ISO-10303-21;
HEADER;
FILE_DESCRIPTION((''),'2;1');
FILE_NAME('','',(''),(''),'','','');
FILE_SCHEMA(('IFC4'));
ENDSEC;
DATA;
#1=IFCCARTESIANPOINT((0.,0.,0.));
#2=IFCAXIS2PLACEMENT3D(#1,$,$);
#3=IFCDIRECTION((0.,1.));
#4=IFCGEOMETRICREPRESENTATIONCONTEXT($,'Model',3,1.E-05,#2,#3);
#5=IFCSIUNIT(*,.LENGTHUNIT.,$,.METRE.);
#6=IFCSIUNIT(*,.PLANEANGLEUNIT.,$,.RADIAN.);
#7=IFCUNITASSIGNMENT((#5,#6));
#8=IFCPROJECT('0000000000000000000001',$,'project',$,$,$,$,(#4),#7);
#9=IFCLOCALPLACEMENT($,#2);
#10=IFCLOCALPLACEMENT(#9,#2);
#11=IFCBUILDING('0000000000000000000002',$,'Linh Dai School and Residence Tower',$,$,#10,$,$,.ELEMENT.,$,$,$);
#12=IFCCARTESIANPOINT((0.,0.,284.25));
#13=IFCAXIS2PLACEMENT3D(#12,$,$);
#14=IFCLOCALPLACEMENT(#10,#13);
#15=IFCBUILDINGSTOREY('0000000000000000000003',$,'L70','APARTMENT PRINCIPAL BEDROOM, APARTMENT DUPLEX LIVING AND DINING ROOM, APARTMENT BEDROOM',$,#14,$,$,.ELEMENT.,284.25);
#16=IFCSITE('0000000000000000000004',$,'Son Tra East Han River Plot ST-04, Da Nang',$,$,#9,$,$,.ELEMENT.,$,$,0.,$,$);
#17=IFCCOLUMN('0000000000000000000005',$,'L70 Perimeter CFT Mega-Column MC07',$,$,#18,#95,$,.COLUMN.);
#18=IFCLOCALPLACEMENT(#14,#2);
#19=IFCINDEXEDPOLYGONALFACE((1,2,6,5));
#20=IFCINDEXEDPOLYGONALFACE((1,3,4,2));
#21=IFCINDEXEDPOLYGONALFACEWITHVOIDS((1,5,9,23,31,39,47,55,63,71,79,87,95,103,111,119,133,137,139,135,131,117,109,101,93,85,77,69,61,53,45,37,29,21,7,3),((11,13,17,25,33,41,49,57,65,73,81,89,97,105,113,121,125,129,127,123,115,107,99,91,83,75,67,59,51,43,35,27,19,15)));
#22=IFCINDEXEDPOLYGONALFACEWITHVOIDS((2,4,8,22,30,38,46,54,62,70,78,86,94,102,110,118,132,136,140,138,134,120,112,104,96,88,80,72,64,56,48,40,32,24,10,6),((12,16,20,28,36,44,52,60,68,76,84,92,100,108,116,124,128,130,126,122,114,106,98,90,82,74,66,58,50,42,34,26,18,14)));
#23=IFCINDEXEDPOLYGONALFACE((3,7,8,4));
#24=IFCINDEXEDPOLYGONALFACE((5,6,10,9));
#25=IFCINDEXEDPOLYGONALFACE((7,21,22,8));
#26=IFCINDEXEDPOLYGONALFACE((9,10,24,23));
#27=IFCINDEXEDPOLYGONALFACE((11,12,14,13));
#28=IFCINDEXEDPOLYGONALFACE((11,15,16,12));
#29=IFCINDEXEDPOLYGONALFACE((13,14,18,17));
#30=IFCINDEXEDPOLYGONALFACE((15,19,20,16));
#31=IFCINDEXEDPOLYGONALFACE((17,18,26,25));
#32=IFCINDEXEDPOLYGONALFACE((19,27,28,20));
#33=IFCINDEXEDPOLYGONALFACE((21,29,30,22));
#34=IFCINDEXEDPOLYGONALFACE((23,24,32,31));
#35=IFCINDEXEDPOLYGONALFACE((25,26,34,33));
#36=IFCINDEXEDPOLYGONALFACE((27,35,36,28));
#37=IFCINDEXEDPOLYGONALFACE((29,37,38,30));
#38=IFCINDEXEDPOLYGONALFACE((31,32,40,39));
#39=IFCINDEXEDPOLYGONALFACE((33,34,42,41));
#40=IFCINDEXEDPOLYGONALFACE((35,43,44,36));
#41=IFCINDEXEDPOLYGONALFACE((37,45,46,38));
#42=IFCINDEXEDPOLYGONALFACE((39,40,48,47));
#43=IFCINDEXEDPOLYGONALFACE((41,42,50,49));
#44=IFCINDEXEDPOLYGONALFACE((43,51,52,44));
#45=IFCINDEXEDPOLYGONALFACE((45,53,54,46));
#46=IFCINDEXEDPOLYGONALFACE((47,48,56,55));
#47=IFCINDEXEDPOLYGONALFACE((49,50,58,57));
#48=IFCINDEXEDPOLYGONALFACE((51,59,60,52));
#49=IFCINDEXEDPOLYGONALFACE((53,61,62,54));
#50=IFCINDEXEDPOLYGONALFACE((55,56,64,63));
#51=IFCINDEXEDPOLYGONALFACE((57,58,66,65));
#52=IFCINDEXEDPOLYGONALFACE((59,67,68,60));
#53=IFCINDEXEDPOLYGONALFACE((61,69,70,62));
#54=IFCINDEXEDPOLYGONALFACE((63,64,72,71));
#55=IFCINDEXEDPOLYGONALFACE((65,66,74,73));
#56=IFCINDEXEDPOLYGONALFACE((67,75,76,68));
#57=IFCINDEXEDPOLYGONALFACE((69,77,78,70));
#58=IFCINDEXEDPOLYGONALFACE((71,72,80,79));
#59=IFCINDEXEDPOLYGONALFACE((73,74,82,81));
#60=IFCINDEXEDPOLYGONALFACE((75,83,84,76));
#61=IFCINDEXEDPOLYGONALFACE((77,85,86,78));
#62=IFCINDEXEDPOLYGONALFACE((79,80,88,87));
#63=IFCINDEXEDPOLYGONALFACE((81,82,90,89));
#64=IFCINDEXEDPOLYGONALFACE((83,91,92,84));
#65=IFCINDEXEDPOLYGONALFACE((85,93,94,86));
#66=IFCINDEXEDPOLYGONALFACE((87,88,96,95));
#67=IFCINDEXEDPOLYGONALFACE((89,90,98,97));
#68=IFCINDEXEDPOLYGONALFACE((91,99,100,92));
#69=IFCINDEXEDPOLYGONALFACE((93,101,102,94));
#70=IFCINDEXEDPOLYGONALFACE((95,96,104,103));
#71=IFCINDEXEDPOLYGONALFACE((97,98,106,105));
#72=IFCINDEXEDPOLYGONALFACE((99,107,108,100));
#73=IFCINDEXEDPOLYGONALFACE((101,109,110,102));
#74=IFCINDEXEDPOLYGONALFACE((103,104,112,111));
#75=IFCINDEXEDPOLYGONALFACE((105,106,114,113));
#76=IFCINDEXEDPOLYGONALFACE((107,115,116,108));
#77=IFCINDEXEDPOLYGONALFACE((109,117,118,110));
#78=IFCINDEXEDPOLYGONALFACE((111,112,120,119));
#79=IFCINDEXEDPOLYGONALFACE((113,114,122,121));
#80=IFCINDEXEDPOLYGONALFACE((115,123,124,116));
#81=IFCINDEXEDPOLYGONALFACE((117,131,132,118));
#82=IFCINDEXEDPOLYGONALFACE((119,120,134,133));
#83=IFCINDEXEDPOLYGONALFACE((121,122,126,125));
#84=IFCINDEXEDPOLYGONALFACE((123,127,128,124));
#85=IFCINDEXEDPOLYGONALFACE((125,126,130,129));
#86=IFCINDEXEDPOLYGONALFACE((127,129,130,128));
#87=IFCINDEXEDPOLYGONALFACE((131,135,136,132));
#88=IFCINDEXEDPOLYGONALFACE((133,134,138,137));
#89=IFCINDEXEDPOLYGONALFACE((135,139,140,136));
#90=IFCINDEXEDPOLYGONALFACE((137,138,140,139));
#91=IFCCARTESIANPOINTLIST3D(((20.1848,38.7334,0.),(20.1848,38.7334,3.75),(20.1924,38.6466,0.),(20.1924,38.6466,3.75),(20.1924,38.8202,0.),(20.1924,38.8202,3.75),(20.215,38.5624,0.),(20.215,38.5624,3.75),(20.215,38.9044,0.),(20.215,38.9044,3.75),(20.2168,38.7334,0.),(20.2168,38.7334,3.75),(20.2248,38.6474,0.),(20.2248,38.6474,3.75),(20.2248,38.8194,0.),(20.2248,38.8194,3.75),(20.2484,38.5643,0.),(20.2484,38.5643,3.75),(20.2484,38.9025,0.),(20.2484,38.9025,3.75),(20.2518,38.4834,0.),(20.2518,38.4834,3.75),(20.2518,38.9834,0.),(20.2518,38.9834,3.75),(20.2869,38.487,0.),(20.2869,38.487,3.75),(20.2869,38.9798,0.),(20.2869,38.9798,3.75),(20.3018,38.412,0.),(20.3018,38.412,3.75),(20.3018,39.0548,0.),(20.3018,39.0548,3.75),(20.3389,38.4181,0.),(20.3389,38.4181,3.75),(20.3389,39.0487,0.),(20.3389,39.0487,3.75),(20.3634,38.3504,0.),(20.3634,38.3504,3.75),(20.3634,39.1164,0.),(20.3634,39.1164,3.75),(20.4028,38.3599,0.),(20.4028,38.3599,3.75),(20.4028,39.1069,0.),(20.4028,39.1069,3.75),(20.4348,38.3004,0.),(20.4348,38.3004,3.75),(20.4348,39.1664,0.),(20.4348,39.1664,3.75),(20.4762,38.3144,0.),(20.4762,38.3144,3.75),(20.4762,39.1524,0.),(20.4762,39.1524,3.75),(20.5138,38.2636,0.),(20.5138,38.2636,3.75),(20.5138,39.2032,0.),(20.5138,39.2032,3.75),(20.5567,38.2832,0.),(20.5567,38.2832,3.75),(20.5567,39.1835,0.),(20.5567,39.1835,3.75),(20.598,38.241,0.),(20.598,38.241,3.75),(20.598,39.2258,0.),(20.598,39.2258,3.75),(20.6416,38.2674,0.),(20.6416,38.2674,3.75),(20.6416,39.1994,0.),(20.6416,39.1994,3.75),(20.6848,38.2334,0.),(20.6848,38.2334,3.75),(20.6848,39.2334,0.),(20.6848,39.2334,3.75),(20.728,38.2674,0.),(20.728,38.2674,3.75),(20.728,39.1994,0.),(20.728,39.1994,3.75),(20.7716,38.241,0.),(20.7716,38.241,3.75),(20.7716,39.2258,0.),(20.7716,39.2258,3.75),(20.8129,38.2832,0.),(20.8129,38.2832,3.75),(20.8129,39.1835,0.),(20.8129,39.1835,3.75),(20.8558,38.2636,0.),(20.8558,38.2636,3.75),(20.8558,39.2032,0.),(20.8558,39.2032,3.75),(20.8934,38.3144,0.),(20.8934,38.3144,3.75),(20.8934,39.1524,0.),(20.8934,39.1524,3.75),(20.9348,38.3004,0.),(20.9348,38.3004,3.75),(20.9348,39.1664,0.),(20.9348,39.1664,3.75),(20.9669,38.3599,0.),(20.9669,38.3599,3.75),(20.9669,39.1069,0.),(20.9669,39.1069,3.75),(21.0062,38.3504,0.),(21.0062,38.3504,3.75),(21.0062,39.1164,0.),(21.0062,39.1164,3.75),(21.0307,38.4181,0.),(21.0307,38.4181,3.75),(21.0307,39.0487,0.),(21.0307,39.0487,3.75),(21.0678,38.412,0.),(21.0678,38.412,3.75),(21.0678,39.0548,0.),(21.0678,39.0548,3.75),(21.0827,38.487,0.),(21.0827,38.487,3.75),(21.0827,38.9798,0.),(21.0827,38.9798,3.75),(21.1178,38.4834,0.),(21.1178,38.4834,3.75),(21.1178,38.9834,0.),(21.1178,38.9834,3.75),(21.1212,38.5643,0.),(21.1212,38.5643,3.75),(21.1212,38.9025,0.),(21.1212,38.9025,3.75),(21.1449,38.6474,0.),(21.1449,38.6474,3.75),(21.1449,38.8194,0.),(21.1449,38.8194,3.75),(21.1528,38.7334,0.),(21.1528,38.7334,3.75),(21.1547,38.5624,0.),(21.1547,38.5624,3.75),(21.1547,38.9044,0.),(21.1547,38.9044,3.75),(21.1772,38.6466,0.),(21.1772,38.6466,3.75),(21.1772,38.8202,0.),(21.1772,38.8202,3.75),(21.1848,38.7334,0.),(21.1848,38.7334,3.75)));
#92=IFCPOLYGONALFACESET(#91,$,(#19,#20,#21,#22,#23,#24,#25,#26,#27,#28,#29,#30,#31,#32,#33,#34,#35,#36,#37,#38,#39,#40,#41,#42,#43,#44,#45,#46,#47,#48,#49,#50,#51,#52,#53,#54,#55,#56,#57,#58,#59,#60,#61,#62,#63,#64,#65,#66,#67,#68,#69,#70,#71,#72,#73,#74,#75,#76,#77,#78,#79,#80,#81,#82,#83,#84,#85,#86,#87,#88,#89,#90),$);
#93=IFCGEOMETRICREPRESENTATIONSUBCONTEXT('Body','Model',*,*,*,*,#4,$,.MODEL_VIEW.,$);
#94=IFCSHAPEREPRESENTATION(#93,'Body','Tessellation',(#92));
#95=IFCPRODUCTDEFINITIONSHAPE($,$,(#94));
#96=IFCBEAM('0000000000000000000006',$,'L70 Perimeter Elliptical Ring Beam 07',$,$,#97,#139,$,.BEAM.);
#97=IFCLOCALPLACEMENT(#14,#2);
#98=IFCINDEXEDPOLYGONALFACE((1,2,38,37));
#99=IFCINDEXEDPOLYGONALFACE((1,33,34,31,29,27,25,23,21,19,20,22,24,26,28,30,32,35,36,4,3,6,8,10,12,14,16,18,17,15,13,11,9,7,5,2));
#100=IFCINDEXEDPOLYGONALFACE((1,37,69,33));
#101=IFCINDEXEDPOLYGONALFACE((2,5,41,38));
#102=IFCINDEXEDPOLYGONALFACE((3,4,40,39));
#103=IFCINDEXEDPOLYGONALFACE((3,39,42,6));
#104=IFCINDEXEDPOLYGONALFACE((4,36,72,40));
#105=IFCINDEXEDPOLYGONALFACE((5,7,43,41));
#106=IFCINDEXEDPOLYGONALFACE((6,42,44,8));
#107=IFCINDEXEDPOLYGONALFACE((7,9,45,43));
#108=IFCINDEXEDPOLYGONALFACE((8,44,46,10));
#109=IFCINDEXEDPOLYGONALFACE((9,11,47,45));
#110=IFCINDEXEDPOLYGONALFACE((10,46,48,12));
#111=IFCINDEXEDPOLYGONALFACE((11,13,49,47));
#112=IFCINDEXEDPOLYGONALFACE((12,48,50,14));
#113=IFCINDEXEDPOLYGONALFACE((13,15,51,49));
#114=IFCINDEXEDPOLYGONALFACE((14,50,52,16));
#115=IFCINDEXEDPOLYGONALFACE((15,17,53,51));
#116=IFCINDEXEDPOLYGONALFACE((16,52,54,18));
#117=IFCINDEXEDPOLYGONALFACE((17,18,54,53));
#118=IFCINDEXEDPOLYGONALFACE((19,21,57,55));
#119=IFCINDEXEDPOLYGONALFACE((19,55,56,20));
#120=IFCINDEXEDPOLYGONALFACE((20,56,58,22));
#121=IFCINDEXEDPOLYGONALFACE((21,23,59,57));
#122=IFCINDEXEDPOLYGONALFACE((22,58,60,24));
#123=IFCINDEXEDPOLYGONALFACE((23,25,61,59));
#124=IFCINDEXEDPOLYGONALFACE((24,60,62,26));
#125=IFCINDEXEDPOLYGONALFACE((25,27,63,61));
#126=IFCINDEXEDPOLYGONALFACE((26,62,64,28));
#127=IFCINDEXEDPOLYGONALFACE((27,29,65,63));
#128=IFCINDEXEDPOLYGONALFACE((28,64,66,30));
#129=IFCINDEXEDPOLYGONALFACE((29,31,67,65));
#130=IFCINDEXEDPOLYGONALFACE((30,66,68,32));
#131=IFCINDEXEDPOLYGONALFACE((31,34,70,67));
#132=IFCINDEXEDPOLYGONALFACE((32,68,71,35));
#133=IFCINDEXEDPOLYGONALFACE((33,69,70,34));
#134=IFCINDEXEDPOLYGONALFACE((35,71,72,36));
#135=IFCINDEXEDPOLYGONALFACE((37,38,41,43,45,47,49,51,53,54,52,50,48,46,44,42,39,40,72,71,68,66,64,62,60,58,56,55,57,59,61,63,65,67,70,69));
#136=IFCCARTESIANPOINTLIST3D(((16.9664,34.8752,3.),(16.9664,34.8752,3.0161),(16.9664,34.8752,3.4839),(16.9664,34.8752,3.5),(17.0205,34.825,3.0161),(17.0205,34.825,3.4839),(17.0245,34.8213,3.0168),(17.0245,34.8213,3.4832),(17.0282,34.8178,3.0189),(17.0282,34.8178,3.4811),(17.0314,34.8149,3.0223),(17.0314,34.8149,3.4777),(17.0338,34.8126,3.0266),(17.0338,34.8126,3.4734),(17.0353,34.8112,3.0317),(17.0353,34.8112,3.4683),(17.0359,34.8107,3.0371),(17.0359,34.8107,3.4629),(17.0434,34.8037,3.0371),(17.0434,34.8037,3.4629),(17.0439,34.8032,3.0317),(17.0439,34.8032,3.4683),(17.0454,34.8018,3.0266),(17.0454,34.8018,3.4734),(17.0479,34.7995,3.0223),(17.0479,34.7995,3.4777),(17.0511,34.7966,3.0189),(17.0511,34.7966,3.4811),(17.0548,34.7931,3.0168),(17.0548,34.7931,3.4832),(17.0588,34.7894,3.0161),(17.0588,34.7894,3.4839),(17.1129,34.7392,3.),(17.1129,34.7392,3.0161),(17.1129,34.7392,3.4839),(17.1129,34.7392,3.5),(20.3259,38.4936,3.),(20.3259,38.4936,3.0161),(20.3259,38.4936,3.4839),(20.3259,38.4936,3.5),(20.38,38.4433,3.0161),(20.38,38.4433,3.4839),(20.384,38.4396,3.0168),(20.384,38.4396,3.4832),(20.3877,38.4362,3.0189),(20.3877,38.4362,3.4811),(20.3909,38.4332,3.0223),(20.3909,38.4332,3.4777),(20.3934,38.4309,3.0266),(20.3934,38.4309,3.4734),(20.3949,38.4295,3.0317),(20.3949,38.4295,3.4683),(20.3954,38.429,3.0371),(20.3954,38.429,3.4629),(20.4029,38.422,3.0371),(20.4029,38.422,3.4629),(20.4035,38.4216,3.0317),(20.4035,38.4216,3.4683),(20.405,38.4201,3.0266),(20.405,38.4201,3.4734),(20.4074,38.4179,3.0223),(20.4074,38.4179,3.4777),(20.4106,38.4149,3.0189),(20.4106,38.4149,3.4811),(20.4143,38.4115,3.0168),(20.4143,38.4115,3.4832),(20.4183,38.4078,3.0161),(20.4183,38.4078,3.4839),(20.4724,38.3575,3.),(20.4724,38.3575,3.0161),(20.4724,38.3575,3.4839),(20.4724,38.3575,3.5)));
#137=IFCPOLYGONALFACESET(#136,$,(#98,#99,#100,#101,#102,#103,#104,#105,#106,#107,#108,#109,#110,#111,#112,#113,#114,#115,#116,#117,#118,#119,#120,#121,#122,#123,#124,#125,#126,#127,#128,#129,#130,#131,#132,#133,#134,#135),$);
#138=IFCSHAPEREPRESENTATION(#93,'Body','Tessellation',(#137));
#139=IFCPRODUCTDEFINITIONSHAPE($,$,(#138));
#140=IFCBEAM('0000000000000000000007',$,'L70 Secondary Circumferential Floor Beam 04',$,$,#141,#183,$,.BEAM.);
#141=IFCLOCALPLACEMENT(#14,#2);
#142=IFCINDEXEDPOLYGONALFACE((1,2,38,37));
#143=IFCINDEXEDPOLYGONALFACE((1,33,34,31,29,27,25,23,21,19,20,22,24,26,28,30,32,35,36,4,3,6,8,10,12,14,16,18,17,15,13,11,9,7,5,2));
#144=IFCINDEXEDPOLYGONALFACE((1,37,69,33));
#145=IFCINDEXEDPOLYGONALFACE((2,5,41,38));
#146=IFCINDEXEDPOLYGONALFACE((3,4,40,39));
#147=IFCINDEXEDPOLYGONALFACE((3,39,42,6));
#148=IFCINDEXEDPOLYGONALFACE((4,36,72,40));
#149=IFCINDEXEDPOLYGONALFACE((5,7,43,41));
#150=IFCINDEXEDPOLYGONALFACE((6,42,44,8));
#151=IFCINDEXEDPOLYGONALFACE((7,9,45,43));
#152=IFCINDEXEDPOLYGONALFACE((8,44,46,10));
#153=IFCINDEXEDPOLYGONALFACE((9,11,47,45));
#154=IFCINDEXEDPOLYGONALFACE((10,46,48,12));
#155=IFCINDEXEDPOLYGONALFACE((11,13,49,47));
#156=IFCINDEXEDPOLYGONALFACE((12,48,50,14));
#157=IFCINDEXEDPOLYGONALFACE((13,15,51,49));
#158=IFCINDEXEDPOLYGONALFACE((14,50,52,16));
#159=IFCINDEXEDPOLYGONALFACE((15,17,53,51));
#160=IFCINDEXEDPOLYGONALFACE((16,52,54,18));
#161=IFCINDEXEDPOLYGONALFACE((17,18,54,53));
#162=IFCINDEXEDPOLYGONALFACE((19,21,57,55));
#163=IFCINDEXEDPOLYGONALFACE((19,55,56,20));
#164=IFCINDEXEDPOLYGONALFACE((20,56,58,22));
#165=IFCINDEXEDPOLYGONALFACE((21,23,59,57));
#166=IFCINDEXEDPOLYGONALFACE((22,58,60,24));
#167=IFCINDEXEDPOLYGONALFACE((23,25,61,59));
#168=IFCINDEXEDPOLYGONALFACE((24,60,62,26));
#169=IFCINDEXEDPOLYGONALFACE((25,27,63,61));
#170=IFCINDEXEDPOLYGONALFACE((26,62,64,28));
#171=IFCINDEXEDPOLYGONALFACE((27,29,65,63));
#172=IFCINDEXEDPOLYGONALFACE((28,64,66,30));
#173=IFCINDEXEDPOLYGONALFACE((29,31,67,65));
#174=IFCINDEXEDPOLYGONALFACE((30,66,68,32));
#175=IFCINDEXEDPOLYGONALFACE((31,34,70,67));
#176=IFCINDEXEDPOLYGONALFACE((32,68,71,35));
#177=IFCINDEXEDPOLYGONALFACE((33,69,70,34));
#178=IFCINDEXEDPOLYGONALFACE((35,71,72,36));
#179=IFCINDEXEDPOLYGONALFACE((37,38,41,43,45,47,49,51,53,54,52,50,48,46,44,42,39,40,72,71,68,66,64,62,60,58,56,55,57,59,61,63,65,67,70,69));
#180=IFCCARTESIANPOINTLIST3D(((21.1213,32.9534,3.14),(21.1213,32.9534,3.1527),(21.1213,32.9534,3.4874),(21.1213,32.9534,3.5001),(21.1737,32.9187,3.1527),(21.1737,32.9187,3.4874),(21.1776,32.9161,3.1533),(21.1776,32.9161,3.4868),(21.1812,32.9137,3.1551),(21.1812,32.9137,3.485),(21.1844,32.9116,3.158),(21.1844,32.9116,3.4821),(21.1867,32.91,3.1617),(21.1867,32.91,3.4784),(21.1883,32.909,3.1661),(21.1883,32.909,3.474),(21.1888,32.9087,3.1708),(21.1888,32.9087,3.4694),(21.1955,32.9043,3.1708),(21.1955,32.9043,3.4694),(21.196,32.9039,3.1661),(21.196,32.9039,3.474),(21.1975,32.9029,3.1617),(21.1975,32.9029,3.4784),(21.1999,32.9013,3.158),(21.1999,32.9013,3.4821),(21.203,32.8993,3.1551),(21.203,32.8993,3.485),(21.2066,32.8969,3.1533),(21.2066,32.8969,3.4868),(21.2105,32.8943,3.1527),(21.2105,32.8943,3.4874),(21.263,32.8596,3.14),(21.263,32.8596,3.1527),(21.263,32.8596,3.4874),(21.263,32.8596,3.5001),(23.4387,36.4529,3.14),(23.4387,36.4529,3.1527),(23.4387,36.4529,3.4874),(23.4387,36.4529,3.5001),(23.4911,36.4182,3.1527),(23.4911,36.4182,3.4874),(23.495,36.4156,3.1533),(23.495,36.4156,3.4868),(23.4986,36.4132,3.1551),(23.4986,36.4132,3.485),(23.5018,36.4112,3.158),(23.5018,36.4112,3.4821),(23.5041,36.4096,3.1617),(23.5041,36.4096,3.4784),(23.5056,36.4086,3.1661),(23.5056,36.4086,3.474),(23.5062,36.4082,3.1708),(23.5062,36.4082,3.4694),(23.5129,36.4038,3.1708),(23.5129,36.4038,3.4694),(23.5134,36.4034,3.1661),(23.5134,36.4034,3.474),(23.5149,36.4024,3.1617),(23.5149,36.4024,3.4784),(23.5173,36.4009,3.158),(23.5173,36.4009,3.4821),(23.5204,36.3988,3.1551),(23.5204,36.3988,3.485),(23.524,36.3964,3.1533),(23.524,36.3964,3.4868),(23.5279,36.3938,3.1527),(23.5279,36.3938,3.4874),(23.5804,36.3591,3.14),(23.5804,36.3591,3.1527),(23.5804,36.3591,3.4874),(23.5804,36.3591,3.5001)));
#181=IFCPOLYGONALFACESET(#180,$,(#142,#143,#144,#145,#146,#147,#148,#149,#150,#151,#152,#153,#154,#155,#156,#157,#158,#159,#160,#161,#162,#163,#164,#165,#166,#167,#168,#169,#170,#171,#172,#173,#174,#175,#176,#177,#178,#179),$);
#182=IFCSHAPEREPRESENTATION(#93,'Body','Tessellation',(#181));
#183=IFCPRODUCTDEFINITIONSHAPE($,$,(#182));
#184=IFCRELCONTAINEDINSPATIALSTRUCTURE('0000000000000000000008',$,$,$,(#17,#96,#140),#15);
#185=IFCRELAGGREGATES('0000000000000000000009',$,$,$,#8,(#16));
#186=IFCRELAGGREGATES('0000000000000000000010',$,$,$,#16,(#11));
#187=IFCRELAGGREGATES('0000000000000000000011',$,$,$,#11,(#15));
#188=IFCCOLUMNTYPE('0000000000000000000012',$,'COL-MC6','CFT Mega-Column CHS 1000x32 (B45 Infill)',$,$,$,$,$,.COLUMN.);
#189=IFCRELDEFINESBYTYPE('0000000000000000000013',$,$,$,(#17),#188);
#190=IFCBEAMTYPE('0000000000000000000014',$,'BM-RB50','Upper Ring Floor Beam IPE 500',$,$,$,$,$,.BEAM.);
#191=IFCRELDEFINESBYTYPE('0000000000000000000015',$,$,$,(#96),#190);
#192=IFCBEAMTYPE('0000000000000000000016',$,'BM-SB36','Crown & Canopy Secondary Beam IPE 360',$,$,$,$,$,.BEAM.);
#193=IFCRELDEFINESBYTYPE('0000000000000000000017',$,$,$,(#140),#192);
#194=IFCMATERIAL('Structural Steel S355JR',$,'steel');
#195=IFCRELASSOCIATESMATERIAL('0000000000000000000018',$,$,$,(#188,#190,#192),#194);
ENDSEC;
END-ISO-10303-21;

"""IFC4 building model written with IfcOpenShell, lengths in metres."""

from ifc_helpers import new_model, si_unit, direction, frame, origin, origin_2d, place, context, subcontext, project, spatial, hollow_circle, i_section, extrude, material, material_profile, profile_set, type_object, element, save


model = new_model("IFC4")

# Units and contexts
model_context = context("Model", 3, precision=1e-05, world=origin(), true_north=direction((0.0, 1.0)))
body_context = subcontext(model_context, "Body", "Model", "MODEL_VIEW")
ifc_project = project(units=[si_unit("LENGTHUNIT", "METRE"), si_unit("PLANEANGLEUNIT", "RADIAN")], contexts=[model_context])

# Site, building, storey
site_placement = place(None, origin())
site = spatial("IfcSite", under=ifc_project, at=site_placement, Name="Son Tra East Han River Plot ST-04, Da Nang", CompositionType="ELEMENT", RefElevation=0.0)
building_placement = place(site_placement, origin())
building = spatial("IfcBuilding", under=site, at=building_placement, Name="Linh Dai School and Residence Tower", CompositionType="ELEMENT")
storey_placement = place(building_placement, frame((0.0, 0.0, 284.25)))
storey = spatial("IfcBuildingStorey", under=building, at=storey_placement, Name="L70", Description="APARTMENT PRINCIPAL BEDROOM, APARTMENT DUPLEX LIVING AND DINING ROOM, APARTMENT BEDROOM", CompositionType="ELEMENT", Elevation=284.25)

# Column
ifc_material_1 = material(Name="Structural Steel S355JR", Category="steel")
ifc_material_profile_1 = material_profile(ifc_material_1, hollow_circle(Radius=0.5, WallThickness=0.032, at=origin_2d()), Name="CHS 1000x32")
ifc_profile_set_1 = profile_set([ifc_material_profile_1], Name="Structural Steel S355JR")
column_type = type_object("IfcColumnType", Name="COL-MC6", Description="CFT Mega-Column CHS 1000x32 (B45 Infill)", PredefinedType="COLUMN", material=ifc_profile_set_1)
column_placement = place(storey_placement, frame((20.6848, 38.7334, 0.0), z_axis=(0.0, 0.0, 1.0), x_axis=(1.0, 0.0, 0.0)))
element("IfcColumn", 1, at=column_placement, inside=storey, type_object=column_type, Name="L70 Perimeter CFT Mega-Column MC07", PredefinedType="COLUMN", context=body_context, shape_type="SweptSolid", body=[
    extrude(hollow_circle(Radius=0.5, WallThickness=0.032, at=origin_2d()), origin(), (0.0, 0.0, 1.0), 3.75),
])

# Beams
ifc_material_profile_2 = material_profile(ifc_material_1, i_section(OverallWidth=0.2, OverallDepth=0.5, WebThickness=0.0103, FlangeThickness=0.0161, FilletRadius=0.021, at=origin_2d()), Name="IPE 500")
ifc_profile_set_2 = profile_set([ifc_material_profile_2], Name="Structural Steel S355JR")
beam_type_1 = type_object("IfcBeamType", Name="BM-RB50", Description="Upper Ring Floor Beam IPE 500", PredefinedType="BEAM", material=ifc_profile_set_2)
beam_1_placement = place(storey_placement, frame((20.3992, 38.4255, 3.25), z_axis=(-0.680415, -0.732827, 0.0), x_axis=(0.732827, -0.680415, 0.0)))
element("IfcBeam", 2, at=beam_1_placement, inside=storey, type_object=beam_type_1, Name="L70 Perimeter Elliptical Ring Beam 07", PredefinedType="BEAM", context=body_context, shape_type="SweptSolid", body=[
    extrude(i_section(OverallWidth=0.2, OverallDepth=0.5, WebThickness=0.0103, FlangeThickness=0.0161, FilletRadius=0.021, at=origin_2d()), origin(), (0.0, 0.0, 1.0), 4.9375),
])
ifc_material_profile_3 = material_profile(ifc_material_1, i_section(OverallWidth=0.1699, OverallDepth=0.3601, WebThickness=0.0081, FlangeThickness=0.0127, FilletRadius=0.0181, at=origin_2d()), Name="IPE 360")
ifc_profile_set_3 = profile_set([ifc_material_profile_3], Name="Structural Steel S355JR")
beam_type_2 = type_object("IfcBeamType", Name="BM-SB36", Description="Crown & Canopy Secondary Beam IPE 360", PredefinedType="BEAM", material=ifc_profile_set_3)
beam_2_placement = place(storey_placement, frame((23.5095, 36.406, 3.3201), z_axis=(-0.55212, -0.833764, 0.0), x_axis=(0.833764, -0.55212, 0.0)))
element("IfcBeam", 3, at=beam_2_placement, inside=storey, type_object=beam_type_2, Name="L70 Secondary Circumferential Floor Beam 04", PredefinedType="BEAM", context=body_context, shape_type="SweptSolid", body=[
    extrude(i_section(OverallWidth=0.1699, OverallDepth=0.3601, WebThickness=0.0081, FlangeThickness=0.0127, FilletRadius=0.0181, at=origin_2d()), origin(), (0.0, 0.0, 1.0), 4.1973),
])

save(model, "model.ifc")
